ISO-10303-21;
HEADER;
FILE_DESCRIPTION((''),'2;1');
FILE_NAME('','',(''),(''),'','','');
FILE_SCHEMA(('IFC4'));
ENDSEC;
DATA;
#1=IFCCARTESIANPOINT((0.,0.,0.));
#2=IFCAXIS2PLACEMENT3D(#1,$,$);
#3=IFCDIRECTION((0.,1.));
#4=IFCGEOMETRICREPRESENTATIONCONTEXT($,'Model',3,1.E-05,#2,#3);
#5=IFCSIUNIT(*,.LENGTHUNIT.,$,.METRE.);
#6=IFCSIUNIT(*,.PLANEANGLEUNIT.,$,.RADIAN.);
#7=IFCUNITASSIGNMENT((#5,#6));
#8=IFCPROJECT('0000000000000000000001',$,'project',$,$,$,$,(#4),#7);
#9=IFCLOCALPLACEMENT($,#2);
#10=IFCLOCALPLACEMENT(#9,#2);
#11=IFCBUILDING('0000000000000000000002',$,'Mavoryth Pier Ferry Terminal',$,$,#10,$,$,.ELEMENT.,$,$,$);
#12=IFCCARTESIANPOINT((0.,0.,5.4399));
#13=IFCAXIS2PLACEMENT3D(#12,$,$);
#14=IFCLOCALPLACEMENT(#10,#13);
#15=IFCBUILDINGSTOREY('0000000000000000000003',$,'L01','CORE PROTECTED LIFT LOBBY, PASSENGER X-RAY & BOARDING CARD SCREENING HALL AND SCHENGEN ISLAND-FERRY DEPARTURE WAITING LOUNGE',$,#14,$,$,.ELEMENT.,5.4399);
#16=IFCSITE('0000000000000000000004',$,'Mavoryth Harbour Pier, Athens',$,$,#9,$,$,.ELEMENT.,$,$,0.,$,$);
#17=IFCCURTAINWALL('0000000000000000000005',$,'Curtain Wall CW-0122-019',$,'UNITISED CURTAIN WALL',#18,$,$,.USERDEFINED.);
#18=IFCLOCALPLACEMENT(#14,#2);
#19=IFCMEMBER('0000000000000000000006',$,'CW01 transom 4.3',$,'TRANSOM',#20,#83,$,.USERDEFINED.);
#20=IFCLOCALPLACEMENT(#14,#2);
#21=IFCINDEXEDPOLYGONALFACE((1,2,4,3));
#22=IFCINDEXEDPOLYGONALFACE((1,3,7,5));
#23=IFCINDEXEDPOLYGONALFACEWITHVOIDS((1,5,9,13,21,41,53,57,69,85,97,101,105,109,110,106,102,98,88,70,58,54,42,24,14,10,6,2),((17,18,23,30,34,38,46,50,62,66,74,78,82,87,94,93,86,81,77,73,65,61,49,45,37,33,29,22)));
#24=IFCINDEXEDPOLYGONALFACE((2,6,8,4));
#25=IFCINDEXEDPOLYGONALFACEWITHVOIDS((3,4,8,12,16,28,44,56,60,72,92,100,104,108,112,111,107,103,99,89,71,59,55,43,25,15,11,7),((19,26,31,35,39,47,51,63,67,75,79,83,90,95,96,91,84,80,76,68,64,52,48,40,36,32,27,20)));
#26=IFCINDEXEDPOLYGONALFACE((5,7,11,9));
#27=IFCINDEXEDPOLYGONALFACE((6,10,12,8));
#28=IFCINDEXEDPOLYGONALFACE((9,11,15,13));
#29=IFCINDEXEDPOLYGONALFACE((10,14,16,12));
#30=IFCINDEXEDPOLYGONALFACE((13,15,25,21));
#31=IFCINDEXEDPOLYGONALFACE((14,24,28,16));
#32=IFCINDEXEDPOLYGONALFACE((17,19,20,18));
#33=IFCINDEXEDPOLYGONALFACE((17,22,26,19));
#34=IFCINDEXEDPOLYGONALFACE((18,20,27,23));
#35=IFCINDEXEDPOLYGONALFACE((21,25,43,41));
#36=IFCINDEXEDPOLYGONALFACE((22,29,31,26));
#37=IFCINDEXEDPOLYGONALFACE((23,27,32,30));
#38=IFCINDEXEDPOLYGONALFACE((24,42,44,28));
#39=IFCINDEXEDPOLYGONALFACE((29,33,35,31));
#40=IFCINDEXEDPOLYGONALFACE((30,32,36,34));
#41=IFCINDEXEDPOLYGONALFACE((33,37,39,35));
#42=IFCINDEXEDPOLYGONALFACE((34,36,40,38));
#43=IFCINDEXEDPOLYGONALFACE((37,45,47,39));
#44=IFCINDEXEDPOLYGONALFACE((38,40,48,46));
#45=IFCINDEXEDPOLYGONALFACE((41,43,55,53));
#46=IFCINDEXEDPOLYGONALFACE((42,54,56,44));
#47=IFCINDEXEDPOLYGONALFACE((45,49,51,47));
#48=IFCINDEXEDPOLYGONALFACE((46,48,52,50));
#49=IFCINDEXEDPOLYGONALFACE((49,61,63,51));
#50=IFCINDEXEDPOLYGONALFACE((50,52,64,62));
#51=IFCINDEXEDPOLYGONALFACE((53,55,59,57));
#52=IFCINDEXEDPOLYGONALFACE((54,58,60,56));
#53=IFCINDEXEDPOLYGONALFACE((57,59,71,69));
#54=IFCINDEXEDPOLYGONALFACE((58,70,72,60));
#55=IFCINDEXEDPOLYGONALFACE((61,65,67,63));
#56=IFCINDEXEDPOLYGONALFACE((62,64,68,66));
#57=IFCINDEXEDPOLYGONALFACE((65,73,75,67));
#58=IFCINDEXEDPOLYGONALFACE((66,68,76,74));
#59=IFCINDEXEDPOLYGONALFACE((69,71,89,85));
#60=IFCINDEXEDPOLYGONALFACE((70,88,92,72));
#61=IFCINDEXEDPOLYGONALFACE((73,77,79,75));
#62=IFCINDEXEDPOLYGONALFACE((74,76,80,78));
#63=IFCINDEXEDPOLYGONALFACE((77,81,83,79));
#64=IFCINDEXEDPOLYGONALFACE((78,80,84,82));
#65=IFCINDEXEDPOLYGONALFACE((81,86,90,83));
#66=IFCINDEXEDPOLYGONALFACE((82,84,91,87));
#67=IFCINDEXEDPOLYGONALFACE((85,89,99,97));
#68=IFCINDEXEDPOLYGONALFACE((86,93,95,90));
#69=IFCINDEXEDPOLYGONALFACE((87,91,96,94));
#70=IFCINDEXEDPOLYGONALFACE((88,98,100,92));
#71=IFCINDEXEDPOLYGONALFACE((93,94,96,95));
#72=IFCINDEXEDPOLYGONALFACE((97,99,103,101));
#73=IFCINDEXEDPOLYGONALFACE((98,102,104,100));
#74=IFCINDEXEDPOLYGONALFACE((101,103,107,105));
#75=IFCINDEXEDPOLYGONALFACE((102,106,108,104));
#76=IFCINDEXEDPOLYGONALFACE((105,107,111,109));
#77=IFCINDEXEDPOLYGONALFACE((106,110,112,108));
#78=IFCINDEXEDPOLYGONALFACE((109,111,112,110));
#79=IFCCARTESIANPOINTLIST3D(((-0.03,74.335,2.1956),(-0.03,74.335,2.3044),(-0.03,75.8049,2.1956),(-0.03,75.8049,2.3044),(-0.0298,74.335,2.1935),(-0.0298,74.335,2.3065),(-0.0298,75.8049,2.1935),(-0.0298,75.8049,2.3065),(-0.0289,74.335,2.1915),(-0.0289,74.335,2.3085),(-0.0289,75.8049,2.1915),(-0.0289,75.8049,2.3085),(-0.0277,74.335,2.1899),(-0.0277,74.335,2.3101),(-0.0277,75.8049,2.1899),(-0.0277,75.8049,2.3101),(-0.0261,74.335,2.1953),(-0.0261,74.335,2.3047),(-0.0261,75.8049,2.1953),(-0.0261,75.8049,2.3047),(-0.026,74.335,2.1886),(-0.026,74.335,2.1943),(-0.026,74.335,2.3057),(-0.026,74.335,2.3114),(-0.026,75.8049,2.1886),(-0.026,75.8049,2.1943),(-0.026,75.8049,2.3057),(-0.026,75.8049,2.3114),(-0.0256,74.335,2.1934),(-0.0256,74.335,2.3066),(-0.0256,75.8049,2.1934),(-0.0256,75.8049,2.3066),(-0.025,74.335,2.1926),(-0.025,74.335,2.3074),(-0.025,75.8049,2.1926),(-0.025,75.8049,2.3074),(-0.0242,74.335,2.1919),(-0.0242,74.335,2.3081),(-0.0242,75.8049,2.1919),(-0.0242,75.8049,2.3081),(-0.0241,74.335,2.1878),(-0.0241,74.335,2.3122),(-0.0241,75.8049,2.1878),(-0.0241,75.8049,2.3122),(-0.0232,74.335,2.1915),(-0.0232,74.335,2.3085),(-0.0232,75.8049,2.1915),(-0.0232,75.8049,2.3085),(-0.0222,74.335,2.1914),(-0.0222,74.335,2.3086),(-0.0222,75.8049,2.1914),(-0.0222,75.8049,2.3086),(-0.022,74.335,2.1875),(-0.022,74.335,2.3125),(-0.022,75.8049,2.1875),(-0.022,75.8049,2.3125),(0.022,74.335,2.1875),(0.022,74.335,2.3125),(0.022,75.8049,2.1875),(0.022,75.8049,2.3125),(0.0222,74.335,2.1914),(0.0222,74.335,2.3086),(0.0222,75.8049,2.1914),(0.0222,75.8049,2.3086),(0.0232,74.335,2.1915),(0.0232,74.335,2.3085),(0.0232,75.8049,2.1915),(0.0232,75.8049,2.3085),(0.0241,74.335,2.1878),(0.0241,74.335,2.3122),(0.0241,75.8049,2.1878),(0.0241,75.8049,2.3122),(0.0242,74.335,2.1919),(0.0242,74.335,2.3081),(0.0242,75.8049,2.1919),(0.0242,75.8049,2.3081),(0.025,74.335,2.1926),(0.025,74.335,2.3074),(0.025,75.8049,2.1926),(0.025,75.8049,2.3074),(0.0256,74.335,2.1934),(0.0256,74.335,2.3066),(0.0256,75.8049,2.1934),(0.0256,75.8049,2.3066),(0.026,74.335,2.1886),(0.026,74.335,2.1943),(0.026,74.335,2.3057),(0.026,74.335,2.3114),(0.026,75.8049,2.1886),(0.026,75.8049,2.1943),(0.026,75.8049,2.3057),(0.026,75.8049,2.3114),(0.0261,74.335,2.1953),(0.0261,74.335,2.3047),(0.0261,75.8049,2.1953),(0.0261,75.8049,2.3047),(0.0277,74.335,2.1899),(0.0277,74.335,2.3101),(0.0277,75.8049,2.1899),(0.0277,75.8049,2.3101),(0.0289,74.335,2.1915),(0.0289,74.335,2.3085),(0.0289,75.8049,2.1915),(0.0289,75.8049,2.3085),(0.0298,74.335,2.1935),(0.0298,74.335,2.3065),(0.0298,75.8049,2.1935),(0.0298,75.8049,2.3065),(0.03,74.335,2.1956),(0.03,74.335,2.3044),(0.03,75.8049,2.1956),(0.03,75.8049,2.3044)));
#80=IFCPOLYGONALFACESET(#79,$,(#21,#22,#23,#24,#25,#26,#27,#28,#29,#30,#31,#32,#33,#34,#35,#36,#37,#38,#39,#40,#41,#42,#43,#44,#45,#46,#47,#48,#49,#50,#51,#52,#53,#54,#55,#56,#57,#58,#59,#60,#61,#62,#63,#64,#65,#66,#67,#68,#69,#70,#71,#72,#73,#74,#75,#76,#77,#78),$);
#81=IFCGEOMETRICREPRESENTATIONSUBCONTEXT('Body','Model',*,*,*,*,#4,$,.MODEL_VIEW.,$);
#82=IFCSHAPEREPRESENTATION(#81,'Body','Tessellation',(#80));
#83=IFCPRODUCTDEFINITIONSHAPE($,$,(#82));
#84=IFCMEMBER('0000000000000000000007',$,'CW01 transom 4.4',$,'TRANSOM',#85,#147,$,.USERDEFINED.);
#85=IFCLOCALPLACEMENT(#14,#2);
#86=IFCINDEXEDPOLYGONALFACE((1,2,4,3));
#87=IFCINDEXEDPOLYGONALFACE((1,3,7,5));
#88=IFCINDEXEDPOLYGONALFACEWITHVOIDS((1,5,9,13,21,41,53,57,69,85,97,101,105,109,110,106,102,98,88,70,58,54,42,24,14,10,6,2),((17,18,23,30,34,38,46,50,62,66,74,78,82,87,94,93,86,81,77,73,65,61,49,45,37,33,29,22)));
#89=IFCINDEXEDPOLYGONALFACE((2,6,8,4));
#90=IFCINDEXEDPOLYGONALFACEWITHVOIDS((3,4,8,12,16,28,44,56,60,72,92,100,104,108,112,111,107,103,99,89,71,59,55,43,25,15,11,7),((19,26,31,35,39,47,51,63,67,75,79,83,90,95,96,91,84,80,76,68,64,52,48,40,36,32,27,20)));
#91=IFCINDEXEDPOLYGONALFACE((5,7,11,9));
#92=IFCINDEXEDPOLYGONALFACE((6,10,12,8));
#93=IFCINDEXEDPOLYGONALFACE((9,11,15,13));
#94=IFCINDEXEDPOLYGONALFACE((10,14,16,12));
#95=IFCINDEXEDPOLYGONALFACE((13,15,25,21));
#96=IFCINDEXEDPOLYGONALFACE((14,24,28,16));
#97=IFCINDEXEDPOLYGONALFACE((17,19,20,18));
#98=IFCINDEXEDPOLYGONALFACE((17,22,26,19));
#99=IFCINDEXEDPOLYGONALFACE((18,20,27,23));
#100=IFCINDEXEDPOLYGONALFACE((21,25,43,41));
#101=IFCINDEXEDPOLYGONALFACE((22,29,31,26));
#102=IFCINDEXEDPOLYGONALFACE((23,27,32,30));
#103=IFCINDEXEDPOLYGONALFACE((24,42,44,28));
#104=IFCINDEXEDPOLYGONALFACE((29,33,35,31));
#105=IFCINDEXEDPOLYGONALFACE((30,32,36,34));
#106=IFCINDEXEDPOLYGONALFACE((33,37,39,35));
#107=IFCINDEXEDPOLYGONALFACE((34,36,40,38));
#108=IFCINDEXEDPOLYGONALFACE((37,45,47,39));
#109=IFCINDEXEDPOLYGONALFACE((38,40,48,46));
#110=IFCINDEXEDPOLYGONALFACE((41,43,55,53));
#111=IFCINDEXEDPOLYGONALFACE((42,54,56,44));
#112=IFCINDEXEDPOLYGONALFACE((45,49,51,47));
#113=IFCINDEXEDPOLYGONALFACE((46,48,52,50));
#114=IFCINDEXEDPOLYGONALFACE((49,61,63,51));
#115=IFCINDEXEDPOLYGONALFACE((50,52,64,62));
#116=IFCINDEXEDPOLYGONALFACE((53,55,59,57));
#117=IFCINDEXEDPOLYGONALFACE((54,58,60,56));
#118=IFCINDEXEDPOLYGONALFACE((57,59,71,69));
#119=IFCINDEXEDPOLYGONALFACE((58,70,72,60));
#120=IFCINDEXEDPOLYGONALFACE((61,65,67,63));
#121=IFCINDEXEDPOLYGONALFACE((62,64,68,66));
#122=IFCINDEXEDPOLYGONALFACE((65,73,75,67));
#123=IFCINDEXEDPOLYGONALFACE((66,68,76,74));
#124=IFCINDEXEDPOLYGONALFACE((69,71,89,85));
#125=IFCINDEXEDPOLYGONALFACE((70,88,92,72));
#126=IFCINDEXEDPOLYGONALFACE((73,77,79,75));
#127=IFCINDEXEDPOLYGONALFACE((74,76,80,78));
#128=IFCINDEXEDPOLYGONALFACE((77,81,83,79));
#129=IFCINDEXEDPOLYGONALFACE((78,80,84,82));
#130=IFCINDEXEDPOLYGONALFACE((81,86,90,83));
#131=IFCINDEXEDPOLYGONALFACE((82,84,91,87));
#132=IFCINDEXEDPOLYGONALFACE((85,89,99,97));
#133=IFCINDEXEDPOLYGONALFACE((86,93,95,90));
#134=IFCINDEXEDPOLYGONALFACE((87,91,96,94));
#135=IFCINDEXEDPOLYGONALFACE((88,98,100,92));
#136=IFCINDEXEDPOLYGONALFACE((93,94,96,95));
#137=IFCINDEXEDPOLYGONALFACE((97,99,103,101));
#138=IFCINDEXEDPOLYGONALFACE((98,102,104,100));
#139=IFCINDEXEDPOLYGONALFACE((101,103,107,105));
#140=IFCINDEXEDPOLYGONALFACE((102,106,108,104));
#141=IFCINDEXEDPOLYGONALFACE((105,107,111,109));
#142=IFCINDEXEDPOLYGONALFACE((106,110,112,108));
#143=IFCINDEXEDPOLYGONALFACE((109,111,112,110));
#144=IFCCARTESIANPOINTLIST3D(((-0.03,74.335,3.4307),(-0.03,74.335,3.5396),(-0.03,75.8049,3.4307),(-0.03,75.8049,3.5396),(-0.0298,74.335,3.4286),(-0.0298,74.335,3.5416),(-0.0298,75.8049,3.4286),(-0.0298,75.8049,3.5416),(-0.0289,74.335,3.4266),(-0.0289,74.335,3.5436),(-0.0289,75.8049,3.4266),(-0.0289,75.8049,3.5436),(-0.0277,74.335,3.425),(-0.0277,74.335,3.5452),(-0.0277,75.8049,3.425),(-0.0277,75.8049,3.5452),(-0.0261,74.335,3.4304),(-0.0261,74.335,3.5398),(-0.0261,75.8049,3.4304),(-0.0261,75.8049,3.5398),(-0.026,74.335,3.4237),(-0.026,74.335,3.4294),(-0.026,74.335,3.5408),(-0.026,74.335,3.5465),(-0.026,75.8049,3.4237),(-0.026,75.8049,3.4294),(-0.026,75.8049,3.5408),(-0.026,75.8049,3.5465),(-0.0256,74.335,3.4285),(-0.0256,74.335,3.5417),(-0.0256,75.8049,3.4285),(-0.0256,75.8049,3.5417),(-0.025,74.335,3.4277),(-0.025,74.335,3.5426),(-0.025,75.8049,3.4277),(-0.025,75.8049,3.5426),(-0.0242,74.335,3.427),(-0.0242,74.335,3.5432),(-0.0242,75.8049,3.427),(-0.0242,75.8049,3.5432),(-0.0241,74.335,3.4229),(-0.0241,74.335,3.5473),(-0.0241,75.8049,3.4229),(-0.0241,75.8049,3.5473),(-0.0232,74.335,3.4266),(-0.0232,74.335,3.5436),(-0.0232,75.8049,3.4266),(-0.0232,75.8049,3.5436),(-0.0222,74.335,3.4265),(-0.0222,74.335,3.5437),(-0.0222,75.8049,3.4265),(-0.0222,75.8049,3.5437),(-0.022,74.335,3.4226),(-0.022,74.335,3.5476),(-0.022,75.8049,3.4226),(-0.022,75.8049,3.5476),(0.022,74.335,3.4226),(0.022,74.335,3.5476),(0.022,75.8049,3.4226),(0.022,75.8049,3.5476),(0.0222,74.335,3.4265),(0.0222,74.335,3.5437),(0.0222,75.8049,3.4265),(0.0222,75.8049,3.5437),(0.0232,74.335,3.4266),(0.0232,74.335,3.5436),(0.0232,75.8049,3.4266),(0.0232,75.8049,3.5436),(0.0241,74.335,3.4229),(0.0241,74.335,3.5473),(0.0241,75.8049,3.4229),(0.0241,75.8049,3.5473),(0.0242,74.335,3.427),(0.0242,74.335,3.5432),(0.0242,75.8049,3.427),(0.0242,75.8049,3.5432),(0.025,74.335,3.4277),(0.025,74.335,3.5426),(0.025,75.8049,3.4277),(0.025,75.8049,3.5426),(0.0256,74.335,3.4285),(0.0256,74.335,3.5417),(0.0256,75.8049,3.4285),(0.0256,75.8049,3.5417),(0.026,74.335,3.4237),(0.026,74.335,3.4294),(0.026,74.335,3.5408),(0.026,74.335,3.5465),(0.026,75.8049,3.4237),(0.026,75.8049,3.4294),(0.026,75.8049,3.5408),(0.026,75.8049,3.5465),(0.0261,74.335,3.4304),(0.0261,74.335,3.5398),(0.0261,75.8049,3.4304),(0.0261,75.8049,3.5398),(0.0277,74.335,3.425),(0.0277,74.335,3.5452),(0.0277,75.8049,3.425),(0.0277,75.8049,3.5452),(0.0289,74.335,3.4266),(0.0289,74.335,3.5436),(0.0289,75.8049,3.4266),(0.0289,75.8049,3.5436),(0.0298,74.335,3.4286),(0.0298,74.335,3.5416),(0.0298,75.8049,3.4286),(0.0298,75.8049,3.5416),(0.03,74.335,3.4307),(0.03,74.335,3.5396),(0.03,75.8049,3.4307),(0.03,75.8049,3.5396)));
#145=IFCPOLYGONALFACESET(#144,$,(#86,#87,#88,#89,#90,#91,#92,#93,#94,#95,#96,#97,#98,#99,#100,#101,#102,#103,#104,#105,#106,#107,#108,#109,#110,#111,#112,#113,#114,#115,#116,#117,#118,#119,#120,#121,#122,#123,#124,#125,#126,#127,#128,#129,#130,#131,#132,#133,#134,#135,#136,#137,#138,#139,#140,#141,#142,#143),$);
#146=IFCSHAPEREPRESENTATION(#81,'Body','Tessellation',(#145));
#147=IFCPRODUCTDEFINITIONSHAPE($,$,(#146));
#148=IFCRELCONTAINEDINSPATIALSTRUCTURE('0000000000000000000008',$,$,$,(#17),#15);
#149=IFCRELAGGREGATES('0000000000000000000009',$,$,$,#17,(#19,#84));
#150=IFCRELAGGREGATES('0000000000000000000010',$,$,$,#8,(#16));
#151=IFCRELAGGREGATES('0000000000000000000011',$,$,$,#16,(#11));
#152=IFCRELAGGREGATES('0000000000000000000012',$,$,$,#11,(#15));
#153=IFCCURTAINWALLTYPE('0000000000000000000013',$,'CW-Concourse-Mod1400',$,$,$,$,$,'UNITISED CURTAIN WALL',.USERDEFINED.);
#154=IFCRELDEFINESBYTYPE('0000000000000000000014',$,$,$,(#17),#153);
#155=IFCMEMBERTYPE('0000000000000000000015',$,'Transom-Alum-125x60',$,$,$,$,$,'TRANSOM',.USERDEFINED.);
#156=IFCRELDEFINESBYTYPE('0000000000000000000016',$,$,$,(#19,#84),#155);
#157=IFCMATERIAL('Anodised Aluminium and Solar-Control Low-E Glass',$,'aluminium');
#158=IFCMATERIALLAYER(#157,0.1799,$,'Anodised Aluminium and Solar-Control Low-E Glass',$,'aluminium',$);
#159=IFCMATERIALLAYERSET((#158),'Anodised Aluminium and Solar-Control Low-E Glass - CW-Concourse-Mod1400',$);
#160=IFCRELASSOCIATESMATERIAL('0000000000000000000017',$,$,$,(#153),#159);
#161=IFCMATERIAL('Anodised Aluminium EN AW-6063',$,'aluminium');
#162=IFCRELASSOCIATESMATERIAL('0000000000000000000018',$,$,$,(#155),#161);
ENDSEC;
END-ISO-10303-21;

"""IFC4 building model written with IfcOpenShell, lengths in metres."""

from ifc_helpers import new_model, si_unit, direction, frame, origin, origin_2d, place, context, subcontext, project, spatial, hollow_rectangle, extrude, material, layer, layer_set, material_profile, profile_set, type_object, element, aggregate, save


model = new_model("IFC4")

# Units and contexts
model_context = context("Model", 3, precision=1e-05, world=origin(), true_north=direction((0.0, 1.0)))
body_context = subcontext(model_context, "Body", "Model", "MODEL_VIEW")
ifc_project = project(units=[si_unit("LENGTHUNIT", "METRE"), si_unit("PLANEANGLEUNIT", "RADIAN")], contexts=[model_context])

# Site, building, storey
site_placement = place(None, origin())
site = spatial("IfcSite", under=ifc_project, at=site_placement, Name="Mavoryth Harbour Pier, Athens", CompositionType="ELEMENT", RefElevation=0.0)
building_placement = place(site_placement, origin())
building = spatial("IfcBuilding", under=site, at=building_placement, Name="Mavoryth Pier Ferry Terminal", CompositionType="ELEMENT")
storey_placement = place(building_placement, frame((0.0, 0.0, 5.4399)))
storey = spatial("IfcBuildingStorey", under=building, at=storey_placement, Name="L01", Description="CORE PROTECTED LIFT LOBBY, PASSENGER X-RAY & BOARDING CARD SCREENING HALL AND SCHENGEN ISLAND-FERRY DEPARTURE WAITING LOUNGE", CompositionType="ELEMENT", Elevation=5.4399)

# Curtain wall, members
ifc_material_1 = material(Name="Anodised Aluminium and Solar-Control Low-E Glass", Category="aluminium")
ifc_layer_1 = layer(ifc_material_1, 0.1799, Name="Anodised Aluminium and Solar-Control Low-E Glass", Category="aluminium")
ifc_layer_set_1 = layer_set([ifc_layer_1], Name="Anodised Aluminium and Solar-Control Low-E Glass - CW-Concourse-Mod1400")
curtain_wall_type = type_object("IfcCurtainWallType", Name="CW-Concourse-Mod1400", ElementType="UNITISED CURTAIN WALL", PredefinedType="USERDEFINED", material=ifc_layer_set_1)
curtain_wall_placement = place(storey_placement, origin())
curtain_wall = element("IfcCurtainWall", 1, at=curtain_wall_placement, inside=storey, type_object=curtain_wall_type, Name="Curtain Wall CW-0122-019", ObjectType="UNITISED CURTAIN WALL", PredefinedType="USERDEFINED")
ifc_material_2 = material(Name="Anodised Aluminium EN AW-6063", Category="aluminium")
ifc_material_profile_1 = material_profile(ifc_material_2, hollow_rectangle(XDim=0.0601, YDim=0.125, WallThickness=0.0039, InnerFilletRadius=0.0039, OuterFilletRadius=0.0081, at=origin_2d()), Name="AL-TRAN 125x60x4", Category="aluminium")
ifc_profile_set_1 = profile_set([ifc_material_profile_1], Name="Anodised Aluminium EN AW-6063 - AL-TRAN 125x60x4")
member_type_1 = type_object("IfcMemberType", Name="Transom-Alum-125x60", ElementType="TRANSOM", PredefinedType="USERDEFINED", material=ifc_profile_set_1)
member_1_placement = place(storey_placement, frame((0.0, 75.8049, 2.25), z_axis=(0.0, -1.0, 0.0), x_axis=(1.0, 0.0, 0.0)))
member_1 = element("IfcMember", 2, at=member_1_placement, type_object=member_type_1, Name="CW01 transom 4.3", ObjectType="TRANSOM", PredefinedType="USERDEFINED", context=body_context, shape_type="SweptSolid", body=[
    extrude(hollow_rectangle(XDim=0.0601, YDim=0.125, WallThickness=0.0039, InnerFilletRadius=0.0039, OuterFilletRadius=0.0081, at=origin_2d()), origin(), (0.0, 0.0, 1.0), 1.47),
])
member_2_placement = place(storey_placement, frame((0.0, 75.8049, 3.4851), z_axis=(0.0, -1.0, 0.0), x_axis=(1.0, 0.0, 0.0)))
member_2 = element("IfcMember", 3, at=member_2_placement, type_object=member_type_1, Name="CW01 transom 4.4", ObjectType="TRANSOM", PredefinedType="USERDEFINED", context=body_context, shape_type="SweptSolid", body=[
    extrude(hollow_rectangle(XDim=0.0601, YDim=0.125, WallThickness=0.0039, InnerFilletRadius=0.0039, OuterFilletRadius=0.0081, at=origin_2d()), origin(), (0.0, 0.0, 1.0), 1.47),
])
aggregate(curtain_wall, [member_1, member_2])

save(model, "model.ifc")
